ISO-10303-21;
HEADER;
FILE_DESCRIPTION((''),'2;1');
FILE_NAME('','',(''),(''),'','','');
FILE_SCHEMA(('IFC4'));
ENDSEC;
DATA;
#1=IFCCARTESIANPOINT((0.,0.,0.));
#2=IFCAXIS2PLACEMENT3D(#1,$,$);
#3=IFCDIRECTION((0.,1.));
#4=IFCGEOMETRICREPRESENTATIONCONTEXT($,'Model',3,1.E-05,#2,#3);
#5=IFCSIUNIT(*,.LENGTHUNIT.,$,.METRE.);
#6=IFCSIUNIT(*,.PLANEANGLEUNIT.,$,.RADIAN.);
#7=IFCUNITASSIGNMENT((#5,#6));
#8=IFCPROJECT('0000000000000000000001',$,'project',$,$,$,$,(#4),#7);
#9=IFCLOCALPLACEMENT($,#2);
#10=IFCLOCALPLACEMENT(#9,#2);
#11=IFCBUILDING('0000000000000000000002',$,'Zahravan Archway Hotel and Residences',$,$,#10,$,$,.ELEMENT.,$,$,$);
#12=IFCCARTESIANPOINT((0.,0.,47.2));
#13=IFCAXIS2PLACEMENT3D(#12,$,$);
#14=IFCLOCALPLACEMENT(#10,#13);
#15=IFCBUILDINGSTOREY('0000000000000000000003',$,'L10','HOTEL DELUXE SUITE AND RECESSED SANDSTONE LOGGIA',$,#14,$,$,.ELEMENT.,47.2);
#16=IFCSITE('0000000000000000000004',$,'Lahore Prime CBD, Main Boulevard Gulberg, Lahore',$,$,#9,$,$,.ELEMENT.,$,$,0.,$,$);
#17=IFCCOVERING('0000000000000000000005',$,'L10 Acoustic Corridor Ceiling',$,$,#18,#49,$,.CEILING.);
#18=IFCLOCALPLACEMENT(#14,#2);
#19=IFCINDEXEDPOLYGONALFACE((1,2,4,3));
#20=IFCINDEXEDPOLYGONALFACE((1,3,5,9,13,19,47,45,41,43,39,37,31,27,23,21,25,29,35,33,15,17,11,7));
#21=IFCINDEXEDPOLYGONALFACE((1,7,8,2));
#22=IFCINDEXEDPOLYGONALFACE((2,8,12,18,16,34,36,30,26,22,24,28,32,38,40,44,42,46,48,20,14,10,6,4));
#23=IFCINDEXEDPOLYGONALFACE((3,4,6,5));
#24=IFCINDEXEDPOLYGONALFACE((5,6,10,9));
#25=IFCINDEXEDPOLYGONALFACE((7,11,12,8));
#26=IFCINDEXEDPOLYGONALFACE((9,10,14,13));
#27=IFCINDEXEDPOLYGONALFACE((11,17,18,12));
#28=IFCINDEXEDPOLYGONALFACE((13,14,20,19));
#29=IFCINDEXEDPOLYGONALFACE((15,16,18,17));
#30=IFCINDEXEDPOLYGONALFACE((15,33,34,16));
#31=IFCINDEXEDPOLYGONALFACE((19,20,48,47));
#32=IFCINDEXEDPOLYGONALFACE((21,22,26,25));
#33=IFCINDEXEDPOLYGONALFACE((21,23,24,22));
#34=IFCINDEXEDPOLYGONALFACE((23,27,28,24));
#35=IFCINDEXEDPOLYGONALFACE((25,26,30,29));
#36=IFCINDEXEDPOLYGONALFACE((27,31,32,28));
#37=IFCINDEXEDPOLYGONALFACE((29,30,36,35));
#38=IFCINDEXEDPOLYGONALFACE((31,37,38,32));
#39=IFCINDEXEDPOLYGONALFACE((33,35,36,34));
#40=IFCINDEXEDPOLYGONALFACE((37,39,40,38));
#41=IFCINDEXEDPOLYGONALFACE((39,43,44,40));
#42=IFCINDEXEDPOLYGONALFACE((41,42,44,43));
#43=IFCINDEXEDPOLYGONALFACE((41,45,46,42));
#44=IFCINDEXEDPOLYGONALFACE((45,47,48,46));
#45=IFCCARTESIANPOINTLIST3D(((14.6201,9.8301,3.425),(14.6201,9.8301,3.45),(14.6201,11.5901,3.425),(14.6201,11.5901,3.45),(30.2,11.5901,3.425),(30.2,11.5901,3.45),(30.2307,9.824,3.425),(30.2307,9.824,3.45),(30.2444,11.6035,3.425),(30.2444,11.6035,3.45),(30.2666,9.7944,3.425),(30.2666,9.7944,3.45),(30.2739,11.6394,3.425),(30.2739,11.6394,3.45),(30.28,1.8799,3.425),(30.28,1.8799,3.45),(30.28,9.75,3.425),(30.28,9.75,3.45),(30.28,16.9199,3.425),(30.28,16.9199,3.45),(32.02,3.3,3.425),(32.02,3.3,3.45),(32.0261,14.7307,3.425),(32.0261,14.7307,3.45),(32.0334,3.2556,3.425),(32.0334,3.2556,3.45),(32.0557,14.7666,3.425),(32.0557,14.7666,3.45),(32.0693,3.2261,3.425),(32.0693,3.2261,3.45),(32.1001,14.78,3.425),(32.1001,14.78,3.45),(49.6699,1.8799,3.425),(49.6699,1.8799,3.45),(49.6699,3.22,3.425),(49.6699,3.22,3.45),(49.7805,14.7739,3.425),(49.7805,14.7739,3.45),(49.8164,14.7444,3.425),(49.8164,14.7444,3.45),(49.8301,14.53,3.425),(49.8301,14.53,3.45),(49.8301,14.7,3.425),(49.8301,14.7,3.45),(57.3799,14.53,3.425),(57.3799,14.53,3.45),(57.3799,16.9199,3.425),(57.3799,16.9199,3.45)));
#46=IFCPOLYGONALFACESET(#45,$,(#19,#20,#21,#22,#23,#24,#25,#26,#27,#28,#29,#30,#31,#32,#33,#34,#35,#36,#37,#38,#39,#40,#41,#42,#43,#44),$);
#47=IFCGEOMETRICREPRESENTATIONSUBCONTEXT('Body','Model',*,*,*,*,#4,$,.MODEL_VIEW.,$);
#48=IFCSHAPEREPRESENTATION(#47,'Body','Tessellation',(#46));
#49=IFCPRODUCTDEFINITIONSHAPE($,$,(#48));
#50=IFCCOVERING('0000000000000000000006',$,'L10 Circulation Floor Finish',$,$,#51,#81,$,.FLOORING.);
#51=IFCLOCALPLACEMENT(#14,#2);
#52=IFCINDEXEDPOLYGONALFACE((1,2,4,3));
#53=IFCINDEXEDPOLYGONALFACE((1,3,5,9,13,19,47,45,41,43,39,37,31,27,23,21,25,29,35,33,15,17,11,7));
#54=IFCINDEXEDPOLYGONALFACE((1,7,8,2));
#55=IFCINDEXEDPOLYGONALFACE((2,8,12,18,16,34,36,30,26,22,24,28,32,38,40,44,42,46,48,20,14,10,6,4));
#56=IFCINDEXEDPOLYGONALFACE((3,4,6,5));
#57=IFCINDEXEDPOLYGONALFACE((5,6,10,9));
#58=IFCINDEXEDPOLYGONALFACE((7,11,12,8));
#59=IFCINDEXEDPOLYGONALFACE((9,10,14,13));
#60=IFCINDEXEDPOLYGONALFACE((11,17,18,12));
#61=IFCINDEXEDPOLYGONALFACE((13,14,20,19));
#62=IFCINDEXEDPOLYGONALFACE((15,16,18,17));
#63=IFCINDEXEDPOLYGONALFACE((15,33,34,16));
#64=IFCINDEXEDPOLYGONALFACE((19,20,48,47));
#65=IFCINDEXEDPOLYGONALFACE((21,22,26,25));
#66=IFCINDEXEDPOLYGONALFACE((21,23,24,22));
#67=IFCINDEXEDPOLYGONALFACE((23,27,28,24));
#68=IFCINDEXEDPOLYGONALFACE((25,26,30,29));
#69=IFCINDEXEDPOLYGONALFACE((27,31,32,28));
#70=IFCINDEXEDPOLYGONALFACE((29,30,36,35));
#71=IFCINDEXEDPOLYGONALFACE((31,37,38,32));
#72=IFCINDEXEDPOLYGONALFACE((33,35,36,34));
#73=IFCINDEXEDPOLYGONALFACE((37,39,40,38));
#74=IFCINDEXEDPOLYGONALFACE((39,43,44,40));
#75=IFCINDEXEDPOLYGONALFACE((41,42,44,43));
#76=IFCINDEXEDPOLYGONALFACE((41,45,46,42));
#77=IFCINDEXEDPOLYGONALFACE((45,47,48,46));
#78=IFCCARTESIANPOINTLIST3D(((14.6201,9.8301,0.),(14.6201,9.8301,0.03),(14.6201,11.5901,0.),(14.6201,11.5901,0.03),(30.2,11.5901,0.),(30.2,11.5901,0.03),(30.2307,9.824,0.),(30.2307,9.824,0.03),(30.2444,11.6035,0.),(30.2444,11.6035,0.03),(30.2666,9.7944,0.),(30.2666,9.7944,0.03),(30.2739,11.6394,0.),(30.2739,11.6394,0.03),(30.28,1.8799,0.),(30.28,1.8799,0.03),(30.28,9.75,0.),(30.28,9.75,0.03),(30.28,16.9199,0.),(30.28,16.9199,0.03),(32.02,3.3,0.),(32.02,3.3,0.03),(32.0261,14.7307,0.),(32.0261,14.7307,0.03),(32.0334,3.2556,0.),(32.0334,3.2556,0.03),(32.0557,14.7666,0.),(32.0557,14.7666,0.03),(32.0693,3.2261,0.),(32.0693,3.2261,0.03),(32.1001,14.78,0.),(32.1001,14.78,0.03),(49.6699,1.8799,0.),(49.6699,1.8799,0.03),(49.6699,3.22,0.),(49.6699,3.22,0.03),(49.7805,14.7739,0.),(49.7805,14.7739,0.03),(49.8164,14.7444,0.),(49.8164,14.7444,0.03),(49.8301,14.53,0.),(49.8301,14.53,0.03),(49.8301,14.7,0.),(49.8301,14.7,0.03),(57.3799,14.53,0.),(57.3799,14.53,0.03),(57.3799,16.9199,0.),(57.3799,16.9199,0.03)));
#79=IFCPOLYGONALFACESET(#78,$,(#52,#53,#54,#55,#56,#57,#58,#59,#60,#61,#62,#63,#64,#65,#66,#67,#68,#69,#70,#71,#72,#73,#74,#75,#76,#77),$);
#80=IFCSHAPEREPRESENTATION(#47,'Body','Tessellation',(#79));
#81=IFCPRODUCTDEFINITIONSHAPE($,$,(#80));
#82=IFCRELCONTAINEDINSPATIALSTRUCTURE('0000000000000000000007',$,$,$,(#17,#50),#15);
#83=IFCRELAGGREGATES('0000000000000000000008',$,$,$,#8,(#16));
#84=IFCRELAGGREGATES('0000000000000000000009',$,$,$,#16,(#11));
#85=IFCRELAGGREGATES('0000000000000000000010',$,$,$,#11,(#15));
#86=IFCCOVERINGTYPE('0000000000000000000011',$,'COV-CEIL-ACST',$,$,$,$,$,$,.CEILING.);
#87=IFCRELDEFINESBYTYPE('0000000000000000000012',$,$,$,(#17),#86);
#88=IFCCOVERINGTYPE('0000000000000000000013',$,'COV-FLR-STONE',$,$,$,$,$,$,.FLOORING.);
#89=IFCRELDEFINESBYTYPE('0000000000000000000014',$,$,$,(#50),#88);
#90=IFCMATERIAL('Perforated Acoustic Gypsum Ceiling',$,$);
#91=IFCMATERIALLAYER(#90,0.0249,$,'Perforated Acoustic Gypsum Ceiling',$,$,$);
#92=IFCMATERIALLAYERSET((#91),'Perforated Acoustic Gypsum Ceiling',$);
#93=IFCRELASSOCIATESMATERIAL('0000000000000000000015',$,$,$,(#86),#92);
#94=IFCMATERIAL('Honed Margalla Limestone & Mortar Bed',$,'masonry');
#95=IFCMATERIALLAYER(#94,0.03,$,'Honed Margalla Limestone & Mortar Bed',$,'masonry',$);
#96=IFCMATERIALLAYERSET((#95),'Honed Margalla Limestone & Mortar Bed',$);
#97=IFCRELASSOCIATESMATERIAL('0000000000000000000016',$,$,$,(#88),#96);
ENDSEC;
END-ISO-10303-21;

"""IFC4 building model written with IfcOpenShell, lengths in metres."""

from ifc_helpers import new_model, si_unit, direction, frame, origin, place, context, subcontext, project, spatial, polyline, outline, extrude, material, layer, layer_set, type_object, element, save


model = new_model("IFC4")

# Units and contexts
model_context = context("Model", 3, precision=1e-05, world=origin(), true_north=direction((0.0, 1.0)))
body_context = subcontext(model_context, "Body", "Model", "MODEL_VIEW")
ifc_project = project(units=[si_unit("LENGTHUNIT", "METRE"), si_unit("PLANEANGLEUNIT", "RADIAN")], contexts=[model_context])

# Site, building, storey
site_placement = place(None, origin())
site = spatial("IfcSite", under=ifc_project, at=site_placement, Name="Lahore Prime CBD, Main Boulevard Gulberg, Lahore", CompositionType="ELEMENT", RefElevation=0.0)
building_placement = place(site_placement, origin())
building = spatial("IfcBuilding", under=site, at=building_placement, Name="Zahravan Archway Hotel and Residences", CompositionType="ELEMENT")
storey_placement = place(building_placement, frame((0.0, 0.0, 47.2)))
storey = spatial("IfcBuildingStorey", under=building, at=storey_placement, Name="L10", Description="HOTEL DELUXE SUITE AND RECESSED SANDSTONE LOGGIA", CompositionType="ELEMENT", Elevation=47.2)

# Coverings
ifc_material_1 = material(Name="Perforated Acoustic Gypsum Ceiling")
ifc_layer_1 = layer(ifc_material_1, 0.0249, Name="Perforated Acoustic Gypsum Ceiling")
ifc_layer_set_1 = layer_set([ifc_layer_1], Name="Perforated Acoustic Gypsum Ceiling")
covering_type_1 = type_object("IfcCoveringType", Name="COV-CEIL-ACST", PredefinedType="CEILING", material=ifc_layer_set_1)
covering_1_placement = place(storey_placement, frame((0.0, 0.0, 3.425)))
element("IfcCovering", 1, at=covering_1_placement, inside=storey, type_object=covering_type_1, Name="L10 Acoustic Corridor Ceiling", PredefinedType="CEILING", context=body_context, shape_type="SweptSolid", body=[
    extrude(outline(polyline([(57.3799, 14.53), (49.8301, 14.53), (49.8301, 14.7), (49.8164, 14.7444), (49.7805, 14.7739), (32.1001, 14.78), (32.0557, 14.7666), (32.0261, 14.7307), (32.02, 3.3), (32.0334, 3.2556), (32.0693, 3.2261), (49.6699, 3.22), (49.6699, 1.8799), (30.28, 1.8799), (30.28, 9.75), (30.2666, 9.7944), (30.2307, 9.824), (14.6201, 9.8301), (14.6201, 11.5901), (30.2, 11.5901), (30.2444, 11.6035), (30.2739, 11.6394), (30.28, 16.9199), (57.3799, 16.9199), (57.3799, 14.53)])), origin(), (0.0, 0.0, 1.0), 0.0249),
])
ifc_material_2 = material(Name="Honed Margalla Limestone & Mortar Bed", Category="masonry")
ifc_layer_2 = layer(ifc_material_2, 0.03, Name="Honed Margalla Limestone & Mortar Bed", Category="masonry")
ifc_layer_set_2 = layer_set([ifc_layer_2], Name="Honed Margalla Limestone & Mortar Bed")
covering_type_2 = type_object("IfcCoveringType", Name="COV-FLR-STONE", PredefinedType="FLOORING", material=ifc_layer_set_2)
covering_2_placement = place(storey_placement, origin())
element("IfcCovering", 2, at=covering_2_placement, inside=storey, type_object=covering_type_2, Name="L10 Circulation Floor Finish", PredefinedType="FLOORING", context=body_context, shape_type="SweptSolid", body=[
    extrude(outline(polyline([(57.3799, 14.53), (49.8301, 14.53), (49.8301, 14.7), (49.8164, 14.7444), (49.7805, 14.7739), (32.1001, 14.78), (32.0557, 14.7666), (32.0261, 14.7307), (32.02, 3.3), (32.0334, 3.2556), (32.0693, 3.2261), (49.6699, 3.22), (49.6699, 1.8799), (30.28, 1.8799), (30.28, 9.75), (30.2666, 9.7944), (30.2307, 9.824), (14.6201, 9.8301), (14.6201, 11.5901), (30.2, 11.5901), (30.2444, 11.6035), (30.2739, 11.6394), (30.28, 16.9199), (57.3799, 16.9199), (57.3799, 14.53)])), origin(), (0.0, 0.0, 1.0), 0.03),
])

save(model, "model.ifc")
